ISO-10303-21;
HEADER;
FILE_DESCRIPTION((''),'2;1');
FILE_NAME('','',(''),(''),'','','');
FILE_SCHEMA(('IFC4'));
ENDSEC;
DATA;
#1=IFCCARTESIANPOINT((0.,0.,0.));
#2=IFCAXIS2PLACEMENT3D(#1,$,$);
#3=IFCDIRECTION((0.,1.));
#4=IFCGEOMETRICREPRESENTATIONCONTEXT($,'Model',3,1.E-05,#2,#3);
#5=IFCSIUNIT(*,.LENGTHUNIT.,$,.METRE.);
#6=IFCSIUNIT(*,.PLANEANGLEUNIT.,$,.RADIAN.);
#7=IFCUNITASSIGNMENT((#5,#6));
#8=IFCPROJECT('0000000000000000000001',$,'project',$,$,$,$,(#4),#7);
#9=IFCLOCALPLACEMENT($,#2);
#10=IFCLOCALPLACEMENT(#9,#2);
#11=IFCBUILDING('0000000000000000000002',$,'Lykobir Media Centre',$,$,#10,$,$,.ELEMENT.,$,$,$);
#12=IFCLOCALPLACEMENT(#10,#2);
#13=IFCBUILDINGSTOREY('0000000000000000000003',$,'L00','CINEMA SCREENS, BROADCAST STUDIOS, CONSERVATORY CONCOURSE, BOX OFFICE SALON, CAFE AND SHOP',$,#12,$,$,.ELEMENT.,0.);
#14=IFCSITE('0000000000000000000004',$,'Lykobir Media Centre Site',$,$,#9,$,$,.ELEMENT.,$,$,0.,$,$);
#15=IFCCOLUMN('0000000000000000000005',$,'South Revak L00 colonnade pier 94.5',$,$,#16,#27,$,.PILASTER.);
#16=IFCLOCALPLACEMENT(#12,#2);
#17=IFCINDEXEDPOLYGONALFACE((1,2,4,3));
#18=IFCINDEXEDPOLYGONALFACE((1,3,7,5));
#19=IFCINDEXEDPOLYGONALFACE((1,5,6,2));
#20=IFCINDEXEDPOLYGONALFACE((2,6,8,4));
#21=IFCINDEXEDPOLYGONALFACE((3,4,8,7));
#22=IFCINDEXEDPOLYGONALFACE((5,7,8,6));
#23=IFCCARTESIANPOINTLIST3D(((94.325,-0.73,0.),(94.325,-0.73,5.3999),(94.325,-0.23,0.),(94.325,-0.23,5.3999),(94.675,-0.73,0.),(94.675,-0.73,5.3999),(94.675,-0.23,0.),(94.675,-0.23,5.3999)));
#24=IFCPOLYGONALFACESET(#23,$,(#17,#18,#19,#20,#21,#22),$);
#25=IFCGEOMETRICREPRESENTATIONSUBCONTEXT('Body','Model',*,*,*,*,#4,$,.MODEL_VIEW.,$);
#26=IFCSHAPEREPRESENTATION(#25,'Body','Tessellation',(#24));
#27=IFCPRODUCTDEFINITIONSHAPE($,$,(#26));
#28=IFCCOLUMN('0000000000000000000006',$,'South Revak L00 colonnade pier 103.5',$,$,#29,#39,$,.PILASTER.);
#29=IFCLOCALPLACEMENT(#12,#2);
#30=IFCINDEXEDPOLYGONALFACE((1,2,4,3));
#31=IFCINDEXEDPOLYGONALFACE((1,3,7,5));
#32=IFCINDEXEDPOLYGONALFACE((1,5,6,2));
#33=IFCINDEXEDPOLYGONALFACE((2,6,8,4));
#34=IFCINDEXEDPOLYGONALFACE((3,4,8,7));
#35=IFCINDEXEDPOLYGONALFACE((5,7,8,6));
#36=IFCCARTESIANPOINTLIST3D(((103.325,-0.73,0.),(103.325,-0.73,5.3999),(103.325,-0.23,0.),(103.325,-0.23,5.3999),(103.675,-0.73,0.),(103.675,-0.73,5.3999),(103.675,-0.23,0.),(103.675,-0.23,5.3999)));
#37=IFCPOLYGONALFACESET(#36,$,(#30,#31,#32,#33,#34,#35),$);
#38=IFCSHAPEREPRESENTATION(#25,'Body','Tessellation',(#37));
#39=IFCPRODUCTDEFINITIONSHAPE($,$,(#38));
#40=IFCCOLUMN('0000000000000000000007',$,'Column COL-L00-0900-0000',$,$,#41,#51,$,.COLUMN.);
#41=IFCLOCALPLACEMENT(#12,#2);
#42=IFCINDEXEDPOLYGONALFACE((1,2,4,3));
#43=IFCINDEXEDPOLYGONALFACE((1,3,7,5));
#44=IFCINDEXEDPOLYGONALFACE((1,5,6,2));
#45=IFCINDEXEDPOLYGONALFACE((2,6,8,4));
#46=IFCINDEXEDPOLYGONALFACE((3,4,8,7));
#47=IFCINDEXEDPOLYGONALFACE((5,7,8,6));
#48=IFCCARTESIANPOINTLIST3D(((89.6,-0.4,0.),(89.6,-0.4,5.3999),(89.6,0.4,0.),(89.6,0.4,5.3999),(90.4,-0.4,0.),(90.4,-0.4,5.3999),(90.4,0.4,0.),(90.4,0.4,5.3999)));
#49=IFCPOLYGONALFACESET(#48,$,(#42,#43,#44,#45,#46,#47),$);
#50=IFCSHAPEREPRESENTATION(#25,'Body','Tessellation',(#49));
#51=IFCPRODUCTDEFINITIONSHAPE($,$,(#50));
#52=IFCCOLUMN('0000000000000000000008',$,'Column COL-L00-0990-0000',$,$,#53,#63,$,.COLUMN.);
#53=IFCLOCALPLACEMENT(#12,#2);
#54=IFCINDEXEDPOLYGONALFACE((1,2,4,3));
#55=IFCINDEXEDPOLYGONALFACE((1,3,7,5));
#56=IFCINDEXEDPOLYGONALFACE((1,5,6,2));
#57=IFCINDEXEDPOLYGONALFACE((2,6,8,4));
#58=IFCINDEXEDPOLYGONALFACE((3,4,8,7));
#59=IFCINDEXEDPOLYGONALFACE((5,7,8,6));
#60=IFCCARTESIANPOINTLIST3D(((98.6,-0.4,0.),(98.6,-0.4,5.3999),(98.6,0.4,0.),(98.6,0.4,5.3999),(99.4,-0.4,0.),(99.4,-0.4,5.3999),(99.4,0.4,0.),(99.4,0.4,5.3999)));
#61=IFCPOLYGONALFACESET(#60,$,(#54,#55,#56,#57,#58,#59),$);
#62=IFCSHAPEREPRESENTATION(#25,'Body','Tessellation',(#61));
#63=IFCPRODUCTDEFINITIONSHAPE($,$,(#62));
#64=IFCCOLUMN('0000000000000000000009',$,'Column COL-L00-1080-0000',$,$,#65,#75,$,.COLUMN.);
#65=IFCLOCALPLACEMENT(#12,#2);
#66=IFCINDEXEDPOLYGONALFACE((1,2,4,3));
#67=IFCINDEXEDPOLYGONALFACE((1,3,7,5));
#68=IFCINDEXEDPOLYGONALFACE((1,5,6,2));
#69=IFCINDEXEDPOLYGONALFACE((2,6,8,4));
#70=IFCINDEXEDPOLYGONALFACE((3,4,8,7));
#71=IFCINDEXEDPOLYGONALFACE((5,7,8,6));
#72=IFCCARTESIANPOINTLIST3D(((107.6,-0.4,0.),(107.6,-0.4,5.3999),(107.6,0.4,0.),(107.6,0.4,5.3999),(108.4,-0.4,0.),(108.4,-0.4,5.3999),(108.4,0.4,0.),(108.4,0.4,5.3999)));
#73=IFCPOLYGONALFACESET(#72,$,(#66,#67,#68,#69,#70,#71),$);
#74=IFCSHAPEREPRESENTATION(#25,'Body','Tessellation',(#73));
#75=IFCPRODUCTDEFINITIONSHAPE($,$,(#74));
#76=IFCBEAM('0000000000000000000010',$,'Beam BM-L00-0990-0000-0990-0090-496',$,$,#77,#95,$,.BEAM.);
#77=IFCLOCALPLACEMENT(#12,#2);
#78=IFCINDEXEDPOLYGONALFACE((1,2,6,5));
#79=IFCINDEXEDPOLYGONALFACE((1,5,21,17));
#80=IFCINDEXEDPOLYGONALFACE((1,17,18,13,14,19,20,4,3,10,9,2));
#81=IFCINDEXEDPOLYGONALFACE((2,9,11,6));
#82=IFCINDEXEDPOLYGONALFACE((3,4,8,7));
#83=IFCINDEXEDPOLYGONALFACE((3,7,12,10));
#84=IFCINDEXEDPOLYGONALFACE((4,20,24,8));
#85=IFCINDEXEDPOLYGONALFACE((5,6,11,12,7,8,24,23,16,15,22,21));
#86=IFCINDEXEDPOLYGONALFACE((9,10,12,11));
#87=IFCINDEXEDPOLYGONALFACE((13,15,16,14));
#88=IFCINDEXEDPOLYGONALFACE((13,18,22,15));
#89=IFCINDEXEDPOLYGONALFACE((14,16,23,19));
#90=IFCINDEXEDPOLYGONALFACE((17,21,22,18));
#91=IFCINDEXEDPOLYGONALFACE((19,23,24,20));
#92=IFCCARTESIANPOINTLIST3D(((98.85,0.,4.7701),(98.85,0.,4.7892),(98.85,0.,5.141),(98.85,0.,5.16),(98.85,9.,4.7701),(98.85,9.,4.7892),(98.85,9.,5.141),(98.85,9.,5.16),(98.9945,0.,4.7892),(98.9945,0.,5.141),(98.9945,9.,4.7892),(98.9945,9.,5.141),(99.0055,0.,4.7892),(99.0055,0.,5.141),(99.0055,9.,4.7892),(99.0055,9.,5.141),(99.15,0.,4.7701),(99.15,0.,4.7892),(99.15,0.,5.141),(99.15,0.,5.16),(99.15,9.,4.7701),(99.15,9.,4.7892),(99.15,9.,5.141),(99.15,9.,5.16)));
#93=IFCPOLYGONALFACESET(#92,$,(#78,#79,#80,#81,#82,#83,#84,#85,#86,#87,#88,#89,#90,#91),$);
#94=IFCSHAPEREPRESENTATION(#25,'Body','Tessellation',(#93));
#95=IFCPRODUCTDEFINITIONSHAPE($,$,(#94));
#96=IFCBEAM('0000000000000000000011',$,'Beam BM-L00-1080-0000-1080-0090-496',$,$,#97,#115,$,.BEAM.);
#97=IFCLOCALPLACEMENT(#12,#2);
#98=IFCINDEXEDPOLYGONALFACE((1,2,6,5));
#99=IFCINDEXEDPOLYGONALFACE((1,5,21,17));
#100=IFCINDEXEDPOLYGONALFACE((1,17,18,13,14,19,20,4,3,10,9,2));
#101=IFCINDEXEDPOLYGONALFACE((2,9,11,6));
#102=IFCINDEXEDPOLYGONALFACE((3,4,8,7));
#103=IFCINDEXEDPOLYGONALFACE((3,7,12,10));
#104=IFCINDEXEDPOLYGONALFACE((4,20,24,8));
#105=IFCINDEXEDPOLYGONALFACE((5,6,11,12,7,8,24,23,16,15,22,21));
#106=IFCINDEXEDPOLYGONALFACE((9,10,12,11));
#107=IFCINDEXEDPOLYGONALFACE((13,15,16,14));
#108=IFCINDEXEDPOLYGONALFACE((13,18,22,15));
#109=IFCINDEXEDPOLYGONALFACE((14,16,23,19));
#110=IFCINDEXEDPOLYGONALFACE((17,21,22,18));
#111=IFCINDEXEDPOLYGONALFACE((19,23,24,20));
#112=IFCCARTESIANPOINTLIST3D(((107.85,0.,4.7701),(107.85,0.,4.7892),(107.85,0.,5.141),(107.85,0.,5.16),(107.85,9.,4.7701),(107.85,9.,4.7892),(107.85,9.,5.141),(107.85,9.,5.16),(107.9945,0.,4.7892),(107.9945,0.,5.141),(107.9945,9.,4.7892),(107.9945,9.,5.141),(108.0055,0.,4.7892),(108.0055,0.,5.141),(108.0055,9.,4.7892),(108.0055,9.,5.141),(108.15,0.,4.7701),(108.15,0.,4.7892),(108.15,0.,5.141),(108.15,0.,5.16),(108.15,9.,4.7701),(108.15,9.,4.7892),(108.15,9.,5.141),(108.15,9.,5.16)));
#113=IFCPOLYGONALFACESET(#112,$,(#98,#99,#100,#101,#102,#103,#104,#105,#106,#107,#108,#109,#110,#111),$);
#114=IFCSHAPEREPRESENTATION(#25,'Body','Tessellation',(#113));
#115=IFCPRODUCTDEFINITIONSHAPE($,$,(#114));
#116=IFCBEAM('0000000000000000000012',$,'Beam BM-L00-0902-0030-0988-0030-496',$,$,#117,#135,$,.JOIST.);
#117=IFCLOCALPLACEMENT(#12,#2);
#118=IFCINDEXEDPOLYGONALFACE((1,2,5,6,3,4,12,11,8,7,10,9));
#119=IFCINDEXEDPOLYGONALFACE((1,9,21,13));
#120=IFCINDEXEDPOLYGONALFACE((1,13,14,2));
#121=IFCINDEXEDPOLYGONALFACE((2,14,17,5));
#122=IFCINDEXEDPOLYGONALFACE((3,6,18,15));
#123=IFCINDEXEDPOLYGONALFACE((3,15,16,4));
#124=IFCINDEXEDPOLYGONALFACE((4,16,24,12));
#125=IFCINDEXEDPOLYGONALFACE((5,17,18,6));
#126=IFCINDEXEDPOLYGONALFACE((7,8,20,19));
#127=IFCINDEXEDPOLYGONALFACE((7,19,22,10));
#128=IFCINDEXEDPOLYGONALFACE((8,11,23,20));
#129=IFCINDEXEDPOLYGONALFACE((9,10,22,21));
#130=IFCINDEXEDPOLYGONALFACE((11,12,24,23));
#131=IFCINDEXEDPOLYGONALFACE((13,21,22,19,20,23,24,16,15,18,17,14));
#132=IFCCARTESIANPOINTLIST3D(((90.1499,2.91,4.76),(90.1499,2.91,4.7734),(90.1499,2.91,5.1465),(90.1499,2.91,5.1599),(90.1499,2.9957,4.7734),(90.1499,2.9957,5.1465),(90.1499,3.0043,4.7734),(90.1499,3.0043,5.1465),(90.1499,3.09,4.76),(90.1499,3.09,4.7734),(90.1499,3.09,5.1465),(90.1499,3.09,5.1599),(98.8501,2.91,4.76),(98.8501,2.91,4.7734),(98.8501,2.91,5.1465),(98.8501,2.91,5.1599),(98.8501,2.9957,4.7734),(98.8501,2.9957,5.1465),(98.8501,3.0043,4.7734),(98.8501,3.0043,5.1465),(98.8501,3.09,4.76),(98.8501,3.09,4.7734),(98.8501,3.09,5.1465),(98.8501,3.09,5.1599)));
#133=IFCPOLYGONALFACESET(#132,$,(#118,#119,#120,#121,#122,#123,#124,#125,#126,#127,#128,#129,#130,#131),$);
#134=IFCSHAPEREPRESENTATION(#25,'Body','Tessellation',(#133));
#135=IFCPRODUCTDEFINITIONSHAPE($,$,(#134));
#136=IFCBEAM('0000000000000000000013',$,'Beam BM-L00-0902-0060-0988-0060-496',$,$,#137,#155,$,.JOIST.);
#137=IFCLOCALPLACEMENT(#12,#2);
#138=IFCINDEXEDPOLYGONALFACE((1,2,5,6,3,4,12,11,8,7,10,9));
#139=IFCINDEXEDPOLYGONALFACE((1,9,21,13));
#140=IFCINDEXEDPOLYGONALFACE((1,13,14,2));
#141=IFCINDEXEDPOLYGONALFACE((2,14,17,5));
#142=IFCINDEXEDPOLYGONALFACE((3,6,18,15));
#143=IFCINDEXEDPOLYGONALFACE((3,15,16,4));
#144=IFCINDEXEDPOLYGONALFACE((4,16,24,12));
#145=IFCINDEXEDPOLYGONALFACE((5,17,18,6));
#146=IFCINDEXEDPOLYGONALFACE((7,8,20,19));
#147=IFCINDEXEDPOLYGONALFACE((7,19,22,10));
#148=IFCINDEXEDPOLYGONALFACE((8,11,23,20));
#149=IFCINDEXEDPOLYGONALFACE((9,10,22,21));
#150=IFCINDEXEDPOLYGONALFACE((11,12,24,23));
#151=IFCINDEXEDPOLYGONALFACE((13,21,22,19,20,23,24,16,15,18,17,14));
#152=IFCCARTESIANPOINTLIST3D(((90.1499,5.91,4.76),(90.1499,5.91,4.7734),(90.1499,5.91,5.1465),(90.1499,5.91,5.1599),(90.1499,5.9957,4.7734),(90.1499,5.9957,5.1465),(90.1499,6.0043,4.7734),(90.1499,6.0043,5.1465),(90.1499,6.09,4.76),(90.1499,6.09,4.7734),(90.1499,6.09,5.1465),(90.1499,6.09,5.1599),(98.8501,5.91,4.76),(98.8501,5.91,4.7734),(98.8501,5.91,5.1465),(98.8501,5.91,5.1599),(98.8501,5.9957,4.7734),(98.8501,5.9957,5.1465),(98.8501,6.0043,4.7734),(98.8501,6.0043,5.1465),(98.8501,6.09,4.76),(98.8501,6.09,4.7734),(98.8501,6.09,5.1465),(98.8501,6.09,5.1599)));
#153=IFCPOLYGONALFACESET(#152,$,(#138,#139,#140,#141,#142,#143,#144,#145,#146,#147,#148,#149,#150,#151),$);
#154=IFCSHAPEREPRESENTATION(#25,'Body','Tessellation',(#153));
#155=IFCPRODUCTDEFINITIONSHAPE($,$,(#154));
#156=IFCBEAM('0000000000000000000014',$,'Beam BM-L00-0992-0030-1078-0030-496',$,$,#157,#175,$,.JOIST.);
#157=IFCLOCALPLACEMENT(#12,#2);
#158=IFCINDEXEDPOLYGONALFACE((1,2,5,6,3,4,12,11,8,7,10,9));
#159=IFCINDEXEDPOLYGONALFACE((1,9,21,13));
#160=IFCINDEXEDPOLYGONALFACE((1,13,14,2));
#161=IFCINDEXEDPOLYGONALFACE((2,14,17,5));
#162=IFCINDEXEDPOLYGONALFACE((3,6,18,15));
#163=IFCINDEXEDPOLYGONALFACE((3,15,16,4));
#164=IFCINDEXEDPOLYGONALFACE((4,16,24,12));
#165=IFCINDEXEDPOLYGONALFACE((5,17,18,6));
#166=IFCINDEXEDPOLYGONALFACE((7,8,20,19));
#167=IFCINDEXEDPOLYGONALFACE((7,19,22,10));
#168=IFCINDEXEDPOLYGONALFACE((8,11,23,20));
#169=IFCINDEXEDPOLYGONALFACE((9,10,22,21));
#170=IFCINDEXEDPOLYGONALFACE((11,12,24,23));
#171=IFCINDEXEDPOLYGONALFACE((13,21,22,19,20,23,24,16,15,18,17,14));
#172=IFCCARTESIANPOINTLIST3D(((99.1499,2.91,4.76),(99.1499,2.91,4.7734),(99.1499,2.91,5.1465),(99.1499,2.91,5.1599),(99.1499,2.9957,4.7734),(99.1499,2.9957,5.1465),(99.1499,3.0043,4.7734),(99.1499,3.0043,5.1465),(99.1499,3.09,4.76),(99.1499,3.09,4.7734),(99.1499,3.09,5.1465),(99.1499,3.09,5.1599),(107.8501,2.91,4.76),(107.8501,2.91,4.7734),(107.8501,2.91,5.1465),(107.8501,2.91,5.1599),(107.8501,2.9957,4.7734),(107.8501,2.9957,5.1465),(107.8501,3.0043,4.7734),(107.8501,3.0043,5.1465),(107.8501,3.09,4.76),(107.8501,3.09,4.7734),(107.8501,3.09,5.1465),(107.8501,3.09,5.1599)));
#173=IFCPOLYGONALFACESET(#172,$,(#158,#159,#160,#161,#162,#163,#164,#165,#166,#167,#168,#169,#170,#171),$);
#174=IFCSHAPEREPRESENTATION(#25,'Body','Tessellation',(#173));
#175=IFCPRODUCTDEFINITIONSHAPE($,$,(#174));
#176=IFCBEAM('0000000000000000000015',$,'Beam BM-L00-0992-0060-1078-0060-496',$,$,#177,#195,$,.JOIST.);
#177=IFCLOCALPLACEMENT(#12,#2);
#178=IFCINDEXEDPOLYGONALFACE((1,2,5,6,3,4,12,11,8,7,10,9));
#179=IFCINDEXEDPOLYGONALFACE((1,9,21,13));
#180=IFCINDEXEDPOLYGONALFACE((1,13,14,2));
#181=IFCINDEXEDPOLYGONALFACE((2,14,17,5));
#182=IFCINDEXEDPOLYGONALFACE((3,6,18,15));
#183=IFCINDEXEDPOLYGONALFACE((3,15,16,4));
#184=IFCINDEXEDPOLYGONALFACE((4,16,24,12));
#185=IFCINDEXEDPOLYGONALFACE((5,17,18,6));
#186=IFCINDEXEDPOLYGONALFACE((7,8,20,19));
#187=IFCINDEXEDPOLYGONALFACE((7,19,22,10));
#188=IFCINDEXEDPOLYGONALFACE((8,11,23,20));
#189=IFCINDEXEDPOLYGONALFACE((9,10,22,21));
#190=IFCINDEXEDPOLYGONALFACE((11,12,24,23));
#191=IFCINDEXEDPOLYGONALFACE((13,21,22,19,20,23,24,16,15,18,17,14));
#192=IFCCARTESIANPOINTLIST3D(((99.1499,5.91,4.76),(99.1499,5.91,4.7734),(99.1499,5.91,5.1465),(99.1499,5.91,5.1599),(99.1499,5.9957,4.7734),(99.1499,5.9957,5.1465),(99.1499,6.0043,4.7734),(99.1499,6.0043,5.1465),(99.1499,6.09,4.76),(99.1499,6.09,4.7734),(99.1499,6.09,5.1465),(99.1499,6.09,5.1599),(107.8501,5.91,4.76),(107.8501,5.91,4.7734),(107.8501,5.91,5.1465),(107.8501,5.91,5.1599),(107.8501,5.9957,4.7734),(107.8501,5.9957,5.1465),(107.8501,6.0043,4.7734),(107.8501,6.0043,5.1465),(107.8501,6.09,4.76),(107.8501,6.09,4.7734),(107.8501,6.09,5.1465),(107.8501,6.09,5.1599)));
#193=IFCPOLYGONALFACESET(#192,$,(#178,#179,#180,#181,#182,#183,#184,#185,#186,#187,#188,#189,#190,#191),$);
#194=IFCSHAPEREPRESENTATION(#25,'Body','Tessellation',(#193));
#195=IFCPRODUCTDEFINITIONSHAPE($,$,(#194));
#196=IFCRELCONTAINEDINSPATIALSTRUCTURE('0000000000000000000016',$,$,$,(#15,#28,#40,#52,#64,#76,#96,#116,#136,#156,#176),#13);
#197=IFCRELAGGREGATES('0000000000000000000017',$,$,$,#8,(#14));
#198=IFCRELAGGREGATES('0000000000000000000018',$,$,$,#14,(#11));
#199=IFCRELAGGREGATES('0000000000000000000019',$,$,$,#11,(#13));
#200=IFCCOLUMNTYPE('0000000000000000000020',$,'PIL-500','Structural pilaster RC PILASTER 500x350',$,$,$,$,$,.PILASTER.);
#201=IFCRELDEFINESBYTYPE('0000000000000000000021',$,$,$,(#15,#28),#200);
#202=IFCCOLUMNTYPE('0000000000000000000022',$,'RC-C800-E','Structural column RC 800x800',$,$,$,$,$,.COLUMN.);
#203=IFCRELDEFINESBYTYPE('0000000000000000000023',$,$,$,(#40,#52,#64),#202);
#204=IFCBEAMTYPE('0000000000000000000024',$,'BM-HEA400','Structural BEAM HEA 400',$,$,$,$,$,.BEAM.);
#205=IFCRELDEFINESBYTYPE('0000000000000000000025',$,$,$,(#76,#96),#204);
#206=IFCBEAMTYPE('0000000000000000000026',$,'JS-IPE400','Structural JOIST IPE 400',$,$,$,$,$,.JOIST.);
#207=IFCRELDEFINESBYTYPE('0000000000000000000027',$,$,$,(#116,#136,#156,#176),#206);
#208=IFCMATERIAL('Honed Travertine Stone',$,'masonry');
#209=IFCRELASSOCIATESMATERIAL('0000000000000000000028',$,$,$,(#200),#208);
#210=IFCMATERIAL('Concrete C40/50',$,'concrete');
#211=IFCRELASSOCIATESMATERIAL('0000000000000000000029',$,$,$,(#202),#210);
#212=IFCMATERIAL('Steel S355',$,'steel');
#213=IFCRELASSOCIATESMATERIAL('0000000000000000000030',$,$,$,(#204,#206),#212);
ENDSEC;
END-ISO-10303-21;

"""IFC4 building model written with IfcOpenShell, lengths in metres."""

from ifc_helpers import new_model, si_unit, direction, frame, origin, origin_2d, place, context, subcontext, project, spatial, rectangle, i_section, extrude, material, material_profile, profile_set, type_object, element, save


model = new_model("IFC4")

# Units and contexts
model_context = context("Model", 3, precision=1e-05, world=origin(), true_north=direction((0.0, 1.0)))
body_context = subcontext(model_context, "Body", "Model", "MODEL_VIEW")
ifc_project = project(units=[si_unit("LENGTHUNIT", "METRE"), si_unit("PLANEANGLEUNIT", "RADIAN")], contexts=[model_context])

# Site, building, storey
site_placement = place(None, origin())
site = spatial("IfcSite", under=ifc_project, at=site_placement, Name="Lykobir Media Centre Site", CompositionType="ELEMENT", RefElevation=0.0)
building_placement = place(site_placement, origin())
building = spatial("IfcBuilding", under=site, at=building_placement, Name="Lykobir Media Centre", CompositionType="ELEMENT")
storey_placement = place(building_placement, origin())
storey = spatial("IfcBuildingStorey", under=building, at=storey_placement, Name="L00", Description="CINEMA SCREENS, BROADCAST STUDIOS, CONSERVATORY CONCOURSE, BOX OFFICE SALON, CAFE AND SHOP", CompositionType="ELEMENT", Elevation=0.0)

# Columns
ifc_material_1 = material(Name="Honed Travertine Stone", Category="masonry")
ifc_material_profile_1 = material_profile(ifc_material_1, rectangle(XDim=0.3501, YDim=0.5, at=origin_2d()), Name="RC PILASTER 500x350")
ifc_profile_set_1 = profile_set([ifc_material_profile_1], Name="Honed Travertine Stone")
column_type_1 = type_object("IfcColumnType", Name="PIL-500", Description="Structural pilaster RC PILASTER 500x350", PredefinedType="PILASTER", material=ifc_profile_set_1)
for number, where, z_axis, x_axis, name in (
    (1, (94.5, -0.48, 0.0), (0.0, 0.0, 1.0), (1.0, 0.0, 0.0), "South Revak L00 colonnade pier 94.5"),
    (2, (103.5, -0.48, 0.0), (0.0, 0.0, 1.0), (1.0, 0.0, 0.0), "South Revak L00 colonnade pier 103.5"),
):
    element("IfcColumn", number, at=place(storey_placement, frame(where, z_axis=z_axis, x_axis=x_axis)), inside=storey, type_object=column_type_1, Name=name, PredefinedType="PILASTER", context=body_context, shape_type="SweptSolid", body=[
        extrude(rectangle(XDim=0.3501, YDim=0.5, at=origin_2d()), origin(), (0.0, 0.0, 1.0), 5.3999),
    ])
ifc_material_2 = material(Name="Concrete C40/50", Category="concrete")
ifc_material_profile_2 = material_profile(ifc_material_2, rectangle(XDim=0.8, YDim=0.8, at=origin_2d()), Name="RC 800x800")
ifc_profile_set_2 = profile_set([ifc_material_profile_2], Name="Concrete C40/50")
column_type_2 = type_object("IfcColumnType", Name="RC-C800-E", Description="Structural column RC 800x800", PredefinedType="COLUMN", material=ifc_profile_set_2)
for number, where, z_axis, x_axis, name in (
    (3, (90.0, 0.0, 0.0), (0.0, 0.0, 1.0), (1.0, 0.0, 0.0), "Column COL-L00-0900-0000"),
    (4, (99.0, 0.0, 0.0), (0.0, 0.0, 1.0), (1.0, 0.0, 0.0), "Column COL-L00-0990-0000"),
    (5, (108.0, 0.0, 0.0), (0.0, 0.0, 1.0), (1.0, 0.0, 0.0), "Column COL-L00-1080-0000"),
):
    element("IfcColumn", number, at=place(storey_placement, frame(where, z_axis=z_axis, x_axis=x_axis)), inside=storey, type_object=column_type_2, Name=name, PredefinedType="COLUMN", context=body_context, shape_type="SweptSolid", body=[
        extrude(rectangle(XDim=0.8, YDim=0.8, at=origin_2d()), origin(), (0.0, 0.0, 1.0), 5.3999),
    ])

# Beams
ifc_material_3 = material(Name="Steel S355", Category="steel")
ifc_material_profile_3 = material_profile(ifc_material_3, i_section(OverallWidth=0.3, OverallDepth=0.3899, WebThickness=0.011, FlangeThickness=0.019, at=origin_2d()), Name="HEA 400")
ifc_profile_set_3 = profile_set([ifc_material_profile_3], Name="Steel S355")
beam_type_1 = type_object("IfcBeamType", Name="BM-HEA400", Description="Structural BEAM HEA 400", PredefinedType="BEAM", material=ifc_profile_set_3)
for number, where, z_axis, x_axis, name in (
    (6, (99.0, 0.0, 4.9651), (0.0, 1.0, 0.0), (-1.0, 0.0, 0.0), "Beam BM-L00-0990-0000-0990-0090-496"),
    (7, (108.0, 0.0, 4.9651), (0.0, 1.0, 0.0), (-1.0, 0.0, 0.0), "Beam BM-L00-1080-0000-1080-0090-496"),
):
    element("IfcBeam", number, at=place(storey_placement, frame(where, z_axis=z_axis, x_axis=x_axis)), inside=storey, type_object=beam_type_1, Name=name, PredefinedType="BEAM", context=body_context, shape_type="SweptSolid", body=[
        extrude(i_section(OverallWidth=0.3, OverallDepth=0.3899, WebThickness=0.011, FlangeThickness=0.019, at=origin_2d()), origin(), (0.0, 0.0, 1.0), 9.0),
    ])
ifc_material_profile_4 = material_profile(ifc_material_3, i_section(OverallWidth=0.1799, OverallDepth=0.3999, WebThickness=0.0085, FlangeThickness=0.0134, at=origin_2d()), Name="IPE 400")
ifc_profile_set_4 = profile_set([ifc_material_profile_4], Name="Steel S355")
beam_type_2 = type_object("IfcBeamType", Name="JS-IPE400", Description="Structural JOIST IPE 400", PredefinedType="JOIST", material=ifc_profile_set_4)
for number, where, z_axis, x_axis, name in (
    (8, (90.1499, 3.0, 4.96), (1.0, 0.0, 0.0), (0.0, 1.0, 0.0), "Beam BM-L00-0902-0030-0988-0030-496"),
    (9, (90.1499, 6.0, 4.96), (1.0, 0.0, 0.0), (0.0, 1.0, 0.0), "Beam BM-L00-0902-0060-0988-0060-496"),
    (10, (99.1499, 3.0, 4.96), (1.0, 0.0, 0.0), (0.0, 1.0, 0.0), "Beam BM-L00-0992-0030-1078-0030-496"),
    (11, (99.1499, 6.0, 4.96), (1.0, 0.0, 0.0), (0.0, 1.0, 0.0), "Beam BM-L00-0992-0060-1078-0060-496"),
):
    element("IfcBeam", number, at=place(storey_placement, frame(where, z_axis=z_axis, x_axis=x_axis)), inside=storey, type_object=beam_type_2, Name=name, PredefinedType="JOIST", context=body_context, shape_type="SweptSolid", body=[
        extrude(i_section(OverallWidth=0.1799, OverallDepth=0.3999, WebThickness=0.0085, FlangeThickness=0.0134, at=origin_2d()), origin(), (0.0, 0.0, 1.0), 8.7002),
    ])

save(model, "model.ifc")
